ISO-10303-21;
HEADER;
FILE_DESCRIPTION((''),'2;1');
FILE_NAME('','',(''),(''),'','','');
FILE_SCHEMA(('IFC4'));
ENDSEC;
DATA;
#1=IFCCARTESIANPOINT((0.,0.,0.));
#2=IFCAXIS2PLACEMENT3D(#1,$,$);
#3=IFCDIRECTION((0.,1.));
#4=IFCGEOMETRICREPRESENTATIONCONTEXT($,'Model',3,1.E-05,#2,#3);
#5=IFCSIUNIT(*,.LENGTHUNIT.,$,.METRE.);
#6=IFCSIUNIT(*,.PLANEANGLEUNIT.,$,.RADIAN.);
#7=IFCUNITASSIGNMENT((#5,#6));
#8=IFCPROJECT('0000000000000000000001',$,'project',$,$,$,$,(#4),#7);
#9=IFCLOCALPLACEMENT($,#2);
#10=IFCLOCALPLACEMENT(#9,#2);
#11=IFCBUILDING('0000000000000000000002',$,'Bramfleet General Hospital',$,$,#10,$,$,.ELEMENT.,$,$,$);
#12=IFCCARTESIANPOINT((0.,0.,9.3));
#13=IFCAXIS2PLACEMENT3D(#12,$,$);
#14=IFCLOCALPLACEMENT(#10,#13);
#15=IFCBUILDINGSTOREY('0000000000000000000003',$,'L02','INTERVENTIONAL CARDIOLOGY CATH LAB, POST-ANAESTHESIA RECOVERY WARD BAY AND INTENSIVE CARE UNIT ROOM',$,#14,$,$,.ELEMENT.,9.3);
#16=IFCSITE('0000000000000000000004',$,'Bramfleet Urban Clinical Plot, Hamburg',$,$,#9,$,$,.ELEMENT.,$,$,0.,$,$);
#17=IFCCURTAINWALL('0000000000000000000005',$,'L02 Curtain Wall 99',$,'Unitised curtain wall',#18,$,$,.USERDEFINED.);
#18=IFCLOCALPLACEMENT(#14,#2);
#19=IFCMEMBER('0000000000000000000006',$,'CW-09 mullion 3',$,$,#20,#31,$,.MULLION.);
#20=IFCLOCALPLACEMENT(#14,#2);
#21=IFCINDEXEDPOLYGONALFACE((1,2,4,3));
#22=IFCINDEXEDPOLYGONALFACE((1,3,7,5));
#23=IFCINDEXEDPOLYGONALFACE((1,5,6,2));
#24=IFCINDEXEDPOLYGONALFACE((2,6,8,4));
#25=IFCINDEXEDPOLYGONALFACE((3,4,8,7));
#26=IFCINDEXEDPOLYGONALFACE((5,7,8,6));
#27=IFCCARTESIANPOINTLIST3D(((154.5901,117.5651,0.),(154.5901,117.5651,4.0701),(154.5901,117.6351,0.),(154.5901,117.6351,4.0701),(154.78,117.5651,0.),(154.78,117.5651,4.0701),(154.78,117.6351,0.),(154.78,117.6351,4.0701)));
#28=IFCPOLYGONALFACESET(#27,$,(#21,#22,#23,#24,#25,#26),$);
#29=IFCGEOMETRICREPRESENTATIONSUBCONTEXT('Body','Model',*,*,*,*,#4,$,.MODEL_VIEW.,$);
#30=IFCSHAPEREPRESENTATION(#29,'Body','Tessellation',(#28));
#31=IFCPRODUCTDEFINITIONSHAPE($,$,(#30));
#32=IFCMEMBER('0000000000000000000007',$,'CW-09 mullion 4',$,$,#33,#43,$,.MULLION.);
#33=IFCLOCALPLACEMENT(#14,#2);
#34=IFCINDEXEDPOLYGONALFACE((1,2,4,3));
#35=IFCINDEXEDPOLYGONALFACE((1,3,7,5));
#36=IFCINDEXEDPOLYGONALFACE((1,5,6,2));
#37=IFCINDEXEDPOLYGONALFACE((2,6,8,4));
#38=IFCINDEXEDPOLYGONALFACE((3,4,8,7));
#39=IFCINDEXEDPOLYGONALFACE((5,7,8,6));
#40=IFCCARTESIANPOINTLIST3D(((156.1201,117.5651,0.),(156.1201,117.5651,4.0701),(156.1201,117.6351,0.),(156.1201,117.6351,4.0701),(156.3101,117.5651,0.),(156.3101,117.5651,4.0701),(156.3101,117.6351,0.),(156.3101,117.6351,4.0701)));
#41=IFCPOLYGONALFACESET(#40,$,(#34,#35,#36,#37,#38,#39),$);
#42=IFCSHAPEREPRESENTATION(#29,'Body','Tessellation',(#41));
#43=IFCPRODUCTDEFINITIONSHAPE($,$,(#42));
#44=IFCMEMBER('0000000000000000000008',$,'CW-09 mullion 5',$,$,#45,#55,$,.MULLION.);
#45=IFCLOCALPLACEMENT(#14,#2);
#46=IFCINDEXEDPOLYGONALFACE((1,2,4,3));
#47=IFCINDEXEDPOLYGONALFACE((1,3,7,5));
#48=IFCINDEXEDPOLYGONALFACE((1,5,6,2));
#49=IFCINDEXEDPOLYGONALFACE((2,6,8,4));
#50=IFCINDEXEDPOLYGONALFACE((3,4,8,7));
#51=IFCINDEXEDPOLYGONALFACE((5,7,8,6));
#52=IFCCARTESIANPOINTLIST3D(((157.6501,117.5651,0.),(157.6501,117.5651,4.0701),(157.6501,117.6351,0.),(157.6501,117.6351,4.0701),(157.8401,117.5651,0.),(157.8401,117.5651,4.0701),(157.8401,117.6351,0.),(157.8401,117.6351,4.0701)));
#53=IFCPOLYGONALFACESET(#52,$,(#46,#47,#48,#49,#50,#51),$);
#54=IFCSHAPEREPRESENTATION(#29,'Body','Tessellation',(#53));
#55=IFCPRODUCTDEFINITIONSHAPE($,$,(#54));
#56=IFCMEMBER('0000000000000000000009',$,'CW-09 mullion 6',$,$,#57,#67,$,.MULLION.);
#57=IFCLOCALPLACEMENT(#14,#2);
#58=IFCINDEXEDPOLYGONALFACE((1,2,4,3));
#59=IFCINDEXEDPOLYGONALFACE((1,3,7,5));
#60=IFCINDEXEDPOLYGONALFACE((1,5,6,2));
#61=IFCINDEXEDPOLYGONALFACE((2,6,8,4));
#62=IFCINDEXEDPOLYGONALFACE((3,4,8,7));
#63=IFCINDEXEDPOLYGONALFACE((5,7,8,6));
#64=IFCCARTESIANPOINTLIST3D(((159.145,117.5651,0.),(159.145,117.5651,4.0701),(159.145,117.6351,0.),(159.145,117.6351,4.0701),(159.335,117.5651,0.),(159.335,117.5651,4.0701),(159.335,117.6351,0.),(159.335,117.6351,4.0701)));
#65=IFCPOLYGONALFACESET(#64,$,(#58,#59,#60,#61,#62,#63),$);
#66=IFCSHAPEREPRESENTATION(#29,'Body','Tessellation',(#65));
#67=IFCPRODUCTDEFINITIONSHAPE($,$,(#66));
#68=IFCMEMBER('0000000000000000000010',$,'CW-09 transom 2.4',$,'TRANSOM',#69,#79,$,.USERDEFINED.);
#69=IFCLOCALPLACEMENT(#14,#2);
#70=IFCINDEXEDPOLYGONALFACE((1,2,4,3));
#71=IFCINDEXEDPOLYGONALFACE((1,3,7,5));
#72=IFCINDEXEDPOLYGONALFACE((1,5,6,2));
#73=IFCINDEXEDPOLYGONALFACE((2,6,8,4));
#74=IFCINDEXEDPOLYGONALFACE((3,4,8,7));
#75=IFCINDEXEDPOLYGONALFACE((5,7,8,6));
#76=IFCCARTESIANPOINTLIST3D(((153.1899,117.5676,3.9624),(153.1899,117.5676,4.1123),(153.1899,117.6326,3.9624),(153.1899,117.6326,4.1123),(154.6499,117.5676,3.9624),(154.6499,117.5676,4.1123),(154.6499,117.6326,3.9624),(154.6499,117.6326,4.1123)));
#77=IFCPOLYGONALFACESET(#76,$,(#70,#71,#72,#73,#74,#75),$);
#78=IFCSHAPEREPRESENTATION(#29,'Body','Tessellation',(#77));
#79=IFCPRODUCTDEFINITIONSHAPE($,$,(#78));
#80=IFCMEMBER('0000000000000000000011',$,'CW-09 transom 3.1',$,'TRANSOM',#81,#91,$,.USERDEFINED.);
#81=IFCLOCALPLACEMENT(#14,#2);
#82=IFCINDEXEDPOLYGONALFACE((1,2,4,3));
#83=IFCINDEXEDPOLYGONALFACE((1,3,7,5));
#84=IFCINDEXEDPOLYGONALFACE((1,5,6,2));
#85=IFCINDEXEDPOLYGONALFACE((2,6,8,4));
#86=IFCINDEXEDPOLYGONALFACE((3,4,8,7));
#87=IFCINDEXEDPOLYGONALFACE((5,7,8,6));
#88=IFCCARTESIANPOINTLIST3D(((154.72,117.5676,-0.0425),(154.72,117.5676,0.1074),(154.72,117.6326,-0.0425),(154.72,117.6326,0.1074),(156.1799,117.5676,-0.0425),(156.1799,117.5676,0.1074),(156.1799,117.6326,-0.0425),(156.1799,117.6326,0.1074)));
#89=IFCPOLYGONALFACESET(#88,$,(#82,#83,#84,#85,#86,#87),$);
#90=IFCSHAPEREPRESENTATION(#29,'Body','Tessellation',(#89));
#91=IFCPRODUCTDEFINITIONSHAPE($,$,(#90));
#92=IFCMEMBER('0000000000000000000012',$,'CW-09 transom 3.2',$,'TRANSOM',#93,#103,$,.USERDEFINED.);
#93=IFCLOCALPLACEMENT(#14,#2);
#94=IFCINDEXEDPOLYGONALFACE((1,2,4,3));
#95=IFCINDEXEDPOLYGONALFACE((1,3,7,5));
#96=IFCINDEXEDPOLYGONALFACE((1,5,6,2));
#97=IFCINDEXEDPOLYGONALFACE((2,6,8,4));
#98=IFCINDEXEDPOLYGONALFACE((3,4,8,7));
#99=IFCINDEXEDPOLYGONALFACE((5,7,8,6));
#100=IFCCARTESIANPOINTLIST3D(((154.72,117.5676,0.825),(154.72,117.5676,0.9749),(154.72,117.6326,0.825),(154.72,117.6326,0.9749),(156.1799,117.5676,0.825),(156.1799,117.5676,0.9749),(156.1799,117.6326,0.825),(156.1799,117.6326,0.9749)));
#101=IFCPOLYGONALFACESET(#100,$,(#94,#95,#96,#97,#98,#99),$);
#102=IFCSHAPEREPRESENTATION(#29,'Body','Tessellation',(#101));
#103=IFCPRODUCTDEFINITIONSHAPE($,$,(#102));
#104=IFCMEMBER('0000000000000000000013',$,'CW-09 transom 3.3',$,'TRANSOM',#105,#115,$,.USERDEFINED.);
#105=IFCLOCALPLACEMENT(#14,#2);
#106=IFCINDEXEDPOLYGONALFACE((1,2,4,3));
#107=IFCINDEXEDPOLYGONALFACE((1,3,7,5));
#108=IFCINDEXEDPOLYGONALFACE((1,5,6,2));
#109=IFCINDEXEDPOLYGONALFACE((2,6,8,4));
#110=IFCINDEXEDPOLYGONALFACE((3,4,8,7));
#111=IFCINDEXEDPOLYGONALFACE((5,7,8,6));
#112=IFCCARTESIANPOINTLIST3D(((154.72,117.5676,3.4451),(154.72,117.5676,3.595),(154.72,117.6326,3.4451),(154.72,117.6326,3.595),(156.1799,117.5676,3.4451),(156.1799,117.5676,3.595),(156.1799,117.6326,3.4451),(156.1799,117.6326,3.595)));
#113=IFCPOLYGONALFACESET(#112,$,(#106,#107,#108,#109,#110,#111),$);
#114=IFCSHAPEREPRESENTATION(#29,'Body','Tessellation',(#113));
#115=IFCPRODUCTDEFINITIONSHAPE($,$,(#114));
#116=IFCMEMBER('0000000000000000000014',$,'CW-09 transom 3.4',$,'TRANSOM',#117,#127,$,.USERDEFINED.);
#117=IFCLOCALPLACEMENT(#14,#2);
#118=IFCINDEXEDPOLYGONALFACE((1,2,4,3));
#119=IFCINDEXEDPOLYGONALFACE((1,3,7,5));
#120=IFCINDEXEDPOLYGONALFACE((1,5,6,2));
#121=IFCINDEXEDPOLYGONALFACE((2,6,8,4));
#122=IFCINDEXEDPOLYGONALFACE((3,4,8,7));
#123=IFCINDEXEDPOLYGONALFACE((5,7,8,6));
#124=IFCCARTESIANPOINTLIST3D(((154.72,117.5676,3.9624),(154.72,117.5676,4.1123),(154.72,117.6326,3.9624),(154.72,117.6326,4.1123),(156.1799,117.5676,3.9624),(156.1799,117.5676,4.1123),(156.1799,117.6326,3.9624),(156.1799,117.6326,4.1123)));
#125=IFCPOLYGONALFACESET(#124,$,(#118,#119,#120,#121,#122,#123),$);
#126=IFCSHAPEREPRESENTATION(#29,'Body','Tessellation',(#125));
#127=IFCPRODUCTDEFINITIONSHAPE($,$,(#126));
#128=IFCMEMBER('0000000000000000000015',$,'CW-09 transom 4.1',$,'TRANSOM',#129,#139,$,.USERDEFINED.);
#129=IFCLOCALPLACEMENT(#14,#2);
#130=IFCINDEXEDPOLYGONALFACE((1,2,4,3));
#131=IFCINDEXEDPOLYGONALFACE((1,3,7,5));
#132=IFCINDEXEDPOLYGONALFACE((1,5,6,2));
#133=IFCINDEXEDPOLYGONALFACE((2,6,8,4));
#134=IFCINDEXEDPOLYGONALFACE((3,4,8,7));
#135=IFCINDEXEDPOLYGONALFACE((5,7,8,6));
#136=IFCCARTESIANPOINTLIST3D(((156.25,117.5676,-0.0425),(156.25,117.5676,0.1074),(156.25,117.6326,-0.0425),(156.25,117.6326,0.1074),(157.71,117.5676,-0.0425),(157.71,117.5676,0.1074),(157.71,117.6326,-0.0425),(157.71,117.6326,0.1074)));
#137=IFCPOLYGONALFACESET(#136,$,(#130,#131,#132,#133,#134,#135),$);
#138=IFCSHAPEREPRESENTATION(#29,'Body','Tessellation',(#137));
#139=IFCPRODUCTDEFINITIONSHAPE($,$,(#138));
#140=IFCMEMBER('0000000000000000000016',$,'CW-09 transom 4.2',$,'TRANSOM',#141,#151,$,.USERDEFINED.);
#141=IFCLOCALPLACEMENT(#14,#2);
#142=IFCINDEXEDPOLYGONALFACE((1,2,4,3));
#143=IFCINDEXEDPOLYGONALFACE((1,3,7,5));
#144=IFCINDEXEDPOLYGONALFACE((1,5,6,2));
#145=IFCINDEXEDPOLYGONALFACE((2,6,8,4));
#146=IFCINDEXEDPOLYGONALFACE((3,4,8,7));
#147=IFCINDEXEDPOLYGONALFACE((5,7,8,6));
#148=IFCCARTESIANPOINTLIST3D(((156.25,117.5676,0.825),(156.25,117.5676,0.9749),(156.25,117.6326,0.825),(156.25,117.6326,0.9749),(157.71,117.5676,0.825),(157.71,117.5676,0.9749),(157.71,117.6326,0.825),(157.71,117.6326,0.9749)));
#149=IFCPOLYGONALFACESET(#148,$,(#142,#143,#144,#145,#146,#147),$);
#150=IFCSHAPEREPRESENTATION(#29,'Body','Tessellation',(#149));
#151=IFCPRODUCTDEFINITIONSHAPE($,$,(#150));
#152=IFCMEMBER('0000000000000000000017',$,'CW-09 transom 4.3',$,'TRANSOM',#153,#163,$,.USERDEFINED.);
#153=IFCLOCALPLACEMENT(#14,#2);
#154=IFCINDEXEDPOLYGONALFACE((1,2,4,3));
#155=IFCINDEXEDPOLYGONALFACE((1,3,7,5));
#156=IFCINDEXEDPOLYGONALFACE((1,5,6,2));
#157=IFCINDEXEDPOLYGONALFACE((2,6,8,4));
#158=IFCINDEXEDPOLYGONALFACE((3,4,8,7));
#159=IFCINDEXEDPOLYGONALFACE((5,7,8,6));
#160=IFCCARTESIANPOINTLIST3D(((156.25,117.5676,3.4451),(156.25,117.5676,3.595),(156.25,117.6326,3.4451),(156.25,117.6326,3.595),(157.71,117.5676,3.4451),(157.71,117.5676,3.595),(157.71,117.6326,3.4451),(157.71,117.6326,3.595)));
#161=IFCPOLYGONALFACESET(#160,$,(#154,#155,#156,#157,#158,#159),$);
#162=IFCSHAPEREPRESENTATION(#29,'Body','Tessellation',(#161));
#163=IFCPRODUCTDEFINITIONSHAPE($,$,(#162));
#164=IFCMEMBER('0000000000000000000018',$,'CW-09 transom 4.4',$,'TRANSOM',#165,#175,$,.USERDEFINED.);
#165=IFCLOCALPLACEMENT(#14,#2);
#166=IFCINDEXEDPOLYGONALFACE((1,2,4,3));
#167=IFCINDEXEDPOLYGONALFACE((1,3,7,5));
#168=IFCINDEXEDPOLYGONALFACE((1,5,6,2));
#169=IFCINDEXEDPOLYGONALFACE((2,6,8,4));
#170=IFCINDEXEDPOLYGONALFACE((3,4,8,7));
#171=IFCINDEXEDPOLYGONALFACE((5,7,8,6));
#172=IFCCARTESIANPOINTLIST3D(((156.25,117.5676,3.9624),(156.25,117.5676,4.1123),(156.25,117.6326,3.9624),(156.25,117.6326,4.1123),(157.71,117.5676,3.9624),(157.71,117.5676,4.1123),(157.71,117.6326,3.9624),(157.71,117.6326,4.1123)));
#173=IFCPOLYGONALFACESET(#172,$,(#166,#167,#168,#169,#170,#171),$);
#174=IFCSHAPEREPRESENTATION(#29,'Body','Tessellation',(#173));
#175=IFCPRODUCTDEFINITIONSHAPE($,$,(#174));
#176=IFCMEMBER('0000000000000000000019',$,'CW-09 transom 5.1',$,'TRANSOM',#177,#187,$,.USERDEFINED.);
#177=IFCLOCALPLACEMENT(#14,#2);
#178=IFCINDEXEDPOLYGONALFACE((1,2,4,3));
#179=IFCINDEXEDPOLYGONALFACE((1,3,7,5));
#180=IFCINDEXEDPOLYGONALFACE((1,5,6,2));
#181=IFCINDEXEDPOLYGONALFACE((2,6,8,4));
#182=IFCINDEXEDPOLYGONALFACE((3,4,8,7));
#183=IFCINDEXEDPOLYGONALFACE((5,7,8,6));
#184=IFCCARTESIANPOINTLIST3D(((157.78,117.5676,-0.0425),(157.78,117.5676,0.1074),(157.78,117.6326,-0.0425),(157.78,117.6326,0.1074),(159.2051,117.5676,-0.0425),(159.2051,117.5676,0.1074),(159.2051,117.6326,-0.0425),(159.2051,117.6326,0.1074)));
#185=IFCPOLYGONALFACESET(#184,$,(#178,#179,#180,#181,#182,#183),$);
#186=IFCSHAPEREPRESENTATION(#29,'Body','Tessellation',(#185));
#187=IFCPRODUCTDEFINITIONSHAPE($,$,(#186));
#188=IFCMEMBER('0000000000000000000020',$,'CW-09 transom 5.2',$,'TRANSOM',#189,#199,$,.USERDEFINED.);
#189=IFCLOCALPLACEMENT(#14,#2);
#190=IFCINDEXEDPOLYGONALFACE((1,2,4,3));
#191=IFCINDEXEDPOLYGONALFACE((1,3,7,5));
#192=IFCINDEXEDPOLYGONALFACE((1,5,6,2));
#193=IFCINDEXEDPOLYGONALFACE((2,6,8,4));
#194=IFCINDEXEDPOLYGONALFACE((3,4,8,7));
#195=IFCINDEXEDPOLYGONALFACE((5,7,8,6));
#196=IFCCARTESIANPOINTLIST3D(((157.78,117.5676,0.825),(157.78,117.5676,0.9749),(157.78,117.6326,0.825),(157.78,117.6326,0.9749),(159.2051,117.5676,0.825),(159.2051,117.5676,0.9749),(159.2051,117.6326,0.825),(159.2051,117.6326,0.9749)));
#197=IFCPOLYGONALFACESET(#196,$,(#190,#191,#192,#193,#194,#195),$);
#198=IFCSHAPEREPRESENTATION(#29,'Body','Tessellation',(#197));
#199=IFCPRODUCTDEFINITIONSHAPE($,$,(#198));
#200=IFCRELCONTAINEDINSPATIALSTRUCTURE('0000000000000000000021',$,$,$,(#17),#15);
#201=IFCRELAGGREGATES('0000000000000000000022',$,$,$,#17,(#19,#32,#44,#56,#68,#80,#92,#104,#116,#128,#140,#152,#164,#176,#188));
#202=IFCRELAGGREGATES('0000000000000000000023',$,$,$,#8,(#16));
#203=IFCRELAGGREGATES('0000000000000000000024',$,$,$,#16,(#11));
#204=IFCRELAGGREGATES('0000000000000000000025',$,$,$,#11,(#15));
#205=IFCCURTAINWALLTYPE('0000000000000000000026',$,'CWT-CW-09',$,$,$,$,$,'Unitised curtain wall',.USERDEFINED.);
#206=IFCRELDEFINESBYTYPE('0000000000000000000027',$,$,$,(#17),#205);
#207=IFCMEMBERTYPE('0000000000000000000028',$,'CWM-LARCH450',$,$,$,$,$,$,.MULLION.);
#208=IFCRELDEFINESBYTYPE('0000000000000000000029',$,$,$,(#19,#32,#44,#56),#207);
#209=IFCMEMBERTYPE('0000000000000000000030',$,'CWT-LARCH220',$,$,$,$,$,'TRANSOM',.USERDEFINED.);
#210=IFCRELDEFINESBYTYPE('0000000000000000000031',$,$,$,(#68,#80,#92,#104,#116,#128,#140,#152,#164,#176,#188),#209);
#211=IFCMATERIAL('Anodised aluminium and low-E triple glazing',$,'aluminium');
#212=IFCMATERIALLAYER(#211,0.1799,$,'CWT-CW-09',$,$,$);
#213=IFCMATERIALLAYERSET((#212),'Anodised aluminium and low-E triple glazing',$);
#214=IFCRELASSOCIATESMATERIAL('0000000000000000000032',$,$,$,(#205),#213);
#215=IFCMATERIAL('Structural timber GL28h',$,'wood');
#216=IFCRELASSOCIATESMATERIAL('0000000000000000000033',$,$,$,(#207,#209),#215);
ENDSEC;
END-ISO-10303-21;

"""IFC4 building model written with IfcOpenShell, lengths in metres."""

from ifc_helpers import new_model, si_unit, direction, frame, origin, origin_2d, place, context, subcontext, project, spatial, rectangle, extrude, material, layer, layer_set, material_profile, profile_set, type_object, element, aggregate, save


model = new_model("IFC4")

# Units and contexts
model_context = context("Model", 3, precision=1e-05, world=origin(), true_north=direction((0.0, 1.0)))
body_context = subcontext(model_context, "Body", "Model", "MODEL_VIEW")
ifc_project = project(units=[si_unit("LENGTHUNIT", "METRE"), si_unit("PLANEANGLEUNIT", "RADIAN")], contexts=[model_context])

# Site, building, storey
site_placement = place(None, origin())
site = spatial("IfcSite", under=ifc_project, at=site_placement, Name="Bramfleet Urban Clinical Plot, Hamburg", CompositionType="ELEMENT", RefElevation=0.0)
building_placement = place(site_placement, origin())
building = spatial("IfcBuilding", under=site, at=building_placement, Name="Bramfleet General Hospital", CompositionType="ELEMENT")
storey_placement = place(building_placement, frame((0.0, 0.0, 9.3)))
storey = spatial("IfcBuildingStorey", under=building, at=storey_placement, Name="L02", Description="INTERVENTIONAL CARDIOLOGY CATH LAB, POST-ANAESTHESIA RECOVERY WARD BAY AND INTENSIVE CARE UNIT ROOM", CompositionType="ELEMENT", Elevation=9.3)

# Curtain wall, members
ifc_material_1 = material(Name="Anodised aluminium and low-E triple glazing", Category="aluminium")
ifc_layer_1 = layer(ifc_material_1, 0.1799, Name="CWT-CW-09")
ifc_layer_set_1 = layer_set([ifc_layer_1], Name="Anodised aluminium and low-E triple glazing")
curtain_wall_type = type_object("IfcCurtainWallType", Name="CWT-CW-09", ElementType="Unitised curtain wall", PredefinedType="USERDEFINED", material=ifc_layer_set_1)
curtain_wall_placement = place(storey_placement, origin())
curtain_wall = element("IfcCurtainWall", 1, at=curtain_wall_placement, inside=storey, type_object=curtain_wall_type, Name="L02 Curtain Wall 99", ObjectType="Unitised curtain wall", PredefinedType="USERDEFINED")
ifc_material_2 = material(Name="Structural timber GL28h", Category="wood")
ifc_material_profile_1 = material_profile(ifc_material_2, rectangle(XDim=0.0701, YDim=0.1899, at=origin_2d()), Name="LARCH 190x70")
ifc_profile_set_1 = profile_set([ifc_material_profile_1], Name="Structural timber GL28h")
member_type_1 = type_object("IfcMemberType", Name="CWM-LARCH450", PredefinedType="MULLION", material=ifc_profile_set_1)
member_1_placement = place(storey_placement, frame((154.6851, 117.6001, 0.0), z_axis=(0.0, 0.0, 1.0), x_axis=(0.0, 1.0, 0.0)))
member_1 = element("IfcMember", 2, at=member_1_placement, type_object=member_type_1, Name="CW-09 mullion 3", PredefinedType="MULLION", context=body_context, shape_type="SweptSolid", body=[
    extrude(rectangle(XDim=0.0701, YDim=0.1899, at=origin_2d()), origin(), (0.0, 0.0, 1.0), 4.0701),
])
member_2_placement = place(storey_placement, frame((156.2151, 117.6001, 0.0), z_axis=(0.0, 0.0, 1.0), x_axis=(0.0, 1.0, 0.0)))
member_2 = element("IfcMember", 3, at=member_2_placement, type_object=member_type_1, Name="CW-09 mullion 4", PredefinedType="MULLION", context=body_context, shape_type="SweptSolid", body=[
    extrude(rectangle(XDim=0.0701, YDim=0.1899, at=origin_2d()), origin(), (0.0, 0.0, 1.0), 4.0701),
])
member_3_placement = place(storey_placement, frame((157.7451, 117.6001, 0.0), z_axis=(0.0, 0.0, 1.0), x_axis=(0.0, 1.0, 0.0)))
member_3 = element("IfcMember", 4, at=member_3_placement, type_object=member_type_1, Name="CW-09 mullion 5", PredefinedType="MULLION", context=body_context, shape_type="SweptSolid", body=[
    extrude(rectangle(XDim=0.0701, YDim=0.1899, at=origin_2d()), origin(), (0.0, 0.0, 1.0), 4.0701),
])
member_4_placement = place(storey_placement, frame((159.24, 117.6001, 0.0), z_axis=(0.0, 0.0, 1.0), x_axis=(0.0, 1.0, 0.0)))
member_4 = element("IfcMember", 5, at=member_4_placement, type_object=member_type_1, Name="CW-09 mullion 6", PredefinedType="MULLION", context=body_context, shape_type="SweptSolid", body=[
    extrude(rectangle(XDim=0.0701, YDim=0.1899, at=origin_2d()), origin(), (0.0, 0.0, 1.0), 4.0701),
])
ifc_material_profile_2 = material_profile(ifc_material_2, rectangle(XDim=0.0649, YDim=0.1499, at=origin_2d()), Name="LARCH 150x65")
ifc_profile_set_2 = profile_set([ifc_material_profile_2], Name="Structural timber GL28h")
member_type_2 = type_object("IfcMemberType", Name="CWT-LARCH220", ElementType="TRANSOM", PredefinedType="USERDEFINED", material=ifc_profile_set_2)
member_5_placement = place(storey_placement, frame((153.1899, 117.6001, 4.0374), z_axis=(1.0, 0.0, 0.0), x_axis=(0.0, 1.0, 0.0)))
member_5 = element("IfcMember", 6, at=member_5_placement, type_object=member_type_2, Name="CW-09 transom 2.4", ObjectType="TRANSOM", PredefinedType="USERDEFINED", context=body_context, shape_type="SweptSolid", body=[
    extrude(rectangle(XDim=0.0649, YDim=0.1499, at=origin_2d()), origin(), (0.0, 0.0, 1.0), 1.46),
])
member_6_placement = place(storey_placement, frame((154.72, 117.6001, 0.0325), z_axis=(1.0, 0.0, 0.0), x_axis=(0.0, 1.0, 0.0)))
member_6 = element("IfcMember", 7, at=member_6_placement, type_object=member_type_2, Name="CW-09 transom 3.1", ObjectType="TRANSOM", PredefinedType="USERDEFINED", context=body_context, shape_type="SweptSolid", body=[
    extrude(rectangle(XDim=0.0649, YDim=0.1499, at=origin_2d()), origin(), (0.0, 0.0, 1.0), 1.46),
])
member_7_placement = place(storey_placement, frame((154.72, 117.6001, 0.8999), z_axis=(1.0, 0.0, 0.0), x_axis=(0.0, 1.0, 0.0)))
member_7 = element("IfcMember", 8, at=member_7_placement, type_object=member_type_2, Name="CW-09 transom 3.2", ObjectType="TRANSOM", PredefinedType="USERDEFINED", context=body_context, shape_type="SweptSolid", body=[
    extrude(rectangle(XDim=0.0649, YDim=0.1499, at=origin_2d()), origin(), (0.0, 0.0, 1.0), 1.46),
])
member_8_placement = place(storey_placement, frame((154.72, 117.6001, 3.52), z_axis=(1.0, 0.0, 0.0), x_axis=(0.0, 1.0, 0.0)))
member_8 = element("IfcMember", 9, at=member_8_placement, type_object=member_type_2, Name="CW-09 transom 3.3", ObjectType="TRANSOM", PredefinedType="USERDEFINED", context=body_context, shape_type="SweptSolid", body=[
    extrude(rectangle(XDim=0.0649, YDim=0.1499, at=origin_2d()), origin(), (0.0, 0.0, 1.0), 1.46),
])
member_9_placement = place(storey_placement, frame((154.72, 117.6001, 4.0374), z_axis=(1.0, 0.0, 0.0), x_axis=(0.0, 1.0, 0.0)))
member_9 = element("IfcMember", 10, at=member_9_placement, type_object=member_type_2, Name="CW-09 transom 3.4", ObjectType="TRANSOM", PredefinedType="USERDEFINED", context=body_context, shape_type="SweptSolid", body=[
    extrude(rectangle(XDim=0.0649, YDim=0.1499, at=origin_2d()), origin(), (0.0, 0.0, 1.0), 1.46),
])
member_10_placement = place(storey_placement, frame((156.25, 117.6001, 0.0325), z_axis=(1.0, 0.0, 0.0), x_axis=(0.0, 1.0, 0.0)))
member_10 = element("IfcMember", 11, at=member_10_placement, type_object=member_type_2, Name="CW-09 transom 4.1", ObjectType="TRANSOM", PredefinedType="USERDEFINED", context=body_context, shape_type="SweptSolid", body=[
    extrude(rectangle(XDim=0.0649, YDim=0.1499, at=origin_2d()), origin(), (0.0, 0.0, 1.0), 1.46),
])
member_11_placement = place(storey_placement, frame((156.25, 117.6001, 0.8999), z_axis=(1.0, 0.0, 0.0), x_axis=(0.0, 1.0, 0.0)))
member_11 = element("IfcMember", 12, at=member_11_placement, type_object=member_type_2, Name="CW-09 transom 4.2", ObjectType="TRANSOM", PredefinedType="USERDEFINED", context=body_context, shape_type="SweptSolid", body=[
    extrude(rectangle(XDim=0.0649, YDim=0.1499, at=origin_2d()), origin(), (0.0, 0.0, 1.0), 1.46),
])
member_12_placement = place(storey_placement, frame((156.25, 117.6001, 3.52), z_axis=(1.0, 0.0, 0.0), x_axis=(0.0, 1.0, 0.0)))
member_12 = element("IfcMember", 13, at=member_12_placement, type_object=member_type_2, Name="CW-09 transom 4.3", ObjectType="TRANSOM", PredefinedType="USERDEFINED", context=body_context, shape_type="SweptSolid", body=[
    extrude(rectangle(XDim=0.0649, YDim=0.1499, at=origin_2d()), origin(), (0.0, 0.0, 1.0), 1.46),
])
member_13_placement = place(storey_placement, frame((156.25, 117.6001, 4.0374), z_axis=(1.0, 0.0, 0.0), x_axis=(0.0, 1.0, 0.0)))
member_13 = element("IfcMember", 14, at=member_13_placement, type_object=member_type_2, Name="CW-09 transom 4.4", ObjectType="TRANSOM", PredefinedType="USERDEFINED", context=body_context, shape_type="SweptSolid", body=[
    extrude(rectangle(XDim=0.0649, YDim=0.1499, at=origin_2d()), origin(), (0.0, 0.0, 1.0), 1.46),
])
member_14_placement = place(storey_placement, frame((157.78, 117.6001, 0.0325), z_axis=(1.0, 0.0, 0.0), x_axis=(0.0, 1.0, 0.0)))
member_14 = element("IfcMember", 15, at=member_14_placement, type_object=member_type_2, Name="CW-09 transom 5.1", ObjectType="TRANSOM", PredefinedType="USERDEFINED", context=body_context, shape_type="SweptSolid", body=[
    extrude(rectangle(XDim=0.0649, YDim=0.1499, at=origin_2d()), origin(), (0.0, 0.0, 1.0), 1.425),
])
member_15_placement = place(storey_placement, frame((157.78, 117.6001, 0.8999), z_axis=(1.0, 0.0, 0.0), x_axis=(0.0, 1.0, 0.0)))
member_15 = element("IfcMember", 16, at=member_15_placement, type_object=member_type_2, Name="CW-09 transom 5.2", ObjectType="TRANSOM", PredefinedType="USERDEFINED", context=body_context, shape_type="SweptSolid", body=[
    extrude(rectangle(XDim=0.0649, YDim=0.1499, at=origin_2d()), origin(), (0.0, 0.0, 1.0), 1.425),
])
aggregate(curtain_wall, [member_1, member_2, member_3, member_4, member_5, member_6, member_7, member_8, member_9, member_10, member_11, member_12, member_13, member_14, member_15])

save(model, "model.ifc")
